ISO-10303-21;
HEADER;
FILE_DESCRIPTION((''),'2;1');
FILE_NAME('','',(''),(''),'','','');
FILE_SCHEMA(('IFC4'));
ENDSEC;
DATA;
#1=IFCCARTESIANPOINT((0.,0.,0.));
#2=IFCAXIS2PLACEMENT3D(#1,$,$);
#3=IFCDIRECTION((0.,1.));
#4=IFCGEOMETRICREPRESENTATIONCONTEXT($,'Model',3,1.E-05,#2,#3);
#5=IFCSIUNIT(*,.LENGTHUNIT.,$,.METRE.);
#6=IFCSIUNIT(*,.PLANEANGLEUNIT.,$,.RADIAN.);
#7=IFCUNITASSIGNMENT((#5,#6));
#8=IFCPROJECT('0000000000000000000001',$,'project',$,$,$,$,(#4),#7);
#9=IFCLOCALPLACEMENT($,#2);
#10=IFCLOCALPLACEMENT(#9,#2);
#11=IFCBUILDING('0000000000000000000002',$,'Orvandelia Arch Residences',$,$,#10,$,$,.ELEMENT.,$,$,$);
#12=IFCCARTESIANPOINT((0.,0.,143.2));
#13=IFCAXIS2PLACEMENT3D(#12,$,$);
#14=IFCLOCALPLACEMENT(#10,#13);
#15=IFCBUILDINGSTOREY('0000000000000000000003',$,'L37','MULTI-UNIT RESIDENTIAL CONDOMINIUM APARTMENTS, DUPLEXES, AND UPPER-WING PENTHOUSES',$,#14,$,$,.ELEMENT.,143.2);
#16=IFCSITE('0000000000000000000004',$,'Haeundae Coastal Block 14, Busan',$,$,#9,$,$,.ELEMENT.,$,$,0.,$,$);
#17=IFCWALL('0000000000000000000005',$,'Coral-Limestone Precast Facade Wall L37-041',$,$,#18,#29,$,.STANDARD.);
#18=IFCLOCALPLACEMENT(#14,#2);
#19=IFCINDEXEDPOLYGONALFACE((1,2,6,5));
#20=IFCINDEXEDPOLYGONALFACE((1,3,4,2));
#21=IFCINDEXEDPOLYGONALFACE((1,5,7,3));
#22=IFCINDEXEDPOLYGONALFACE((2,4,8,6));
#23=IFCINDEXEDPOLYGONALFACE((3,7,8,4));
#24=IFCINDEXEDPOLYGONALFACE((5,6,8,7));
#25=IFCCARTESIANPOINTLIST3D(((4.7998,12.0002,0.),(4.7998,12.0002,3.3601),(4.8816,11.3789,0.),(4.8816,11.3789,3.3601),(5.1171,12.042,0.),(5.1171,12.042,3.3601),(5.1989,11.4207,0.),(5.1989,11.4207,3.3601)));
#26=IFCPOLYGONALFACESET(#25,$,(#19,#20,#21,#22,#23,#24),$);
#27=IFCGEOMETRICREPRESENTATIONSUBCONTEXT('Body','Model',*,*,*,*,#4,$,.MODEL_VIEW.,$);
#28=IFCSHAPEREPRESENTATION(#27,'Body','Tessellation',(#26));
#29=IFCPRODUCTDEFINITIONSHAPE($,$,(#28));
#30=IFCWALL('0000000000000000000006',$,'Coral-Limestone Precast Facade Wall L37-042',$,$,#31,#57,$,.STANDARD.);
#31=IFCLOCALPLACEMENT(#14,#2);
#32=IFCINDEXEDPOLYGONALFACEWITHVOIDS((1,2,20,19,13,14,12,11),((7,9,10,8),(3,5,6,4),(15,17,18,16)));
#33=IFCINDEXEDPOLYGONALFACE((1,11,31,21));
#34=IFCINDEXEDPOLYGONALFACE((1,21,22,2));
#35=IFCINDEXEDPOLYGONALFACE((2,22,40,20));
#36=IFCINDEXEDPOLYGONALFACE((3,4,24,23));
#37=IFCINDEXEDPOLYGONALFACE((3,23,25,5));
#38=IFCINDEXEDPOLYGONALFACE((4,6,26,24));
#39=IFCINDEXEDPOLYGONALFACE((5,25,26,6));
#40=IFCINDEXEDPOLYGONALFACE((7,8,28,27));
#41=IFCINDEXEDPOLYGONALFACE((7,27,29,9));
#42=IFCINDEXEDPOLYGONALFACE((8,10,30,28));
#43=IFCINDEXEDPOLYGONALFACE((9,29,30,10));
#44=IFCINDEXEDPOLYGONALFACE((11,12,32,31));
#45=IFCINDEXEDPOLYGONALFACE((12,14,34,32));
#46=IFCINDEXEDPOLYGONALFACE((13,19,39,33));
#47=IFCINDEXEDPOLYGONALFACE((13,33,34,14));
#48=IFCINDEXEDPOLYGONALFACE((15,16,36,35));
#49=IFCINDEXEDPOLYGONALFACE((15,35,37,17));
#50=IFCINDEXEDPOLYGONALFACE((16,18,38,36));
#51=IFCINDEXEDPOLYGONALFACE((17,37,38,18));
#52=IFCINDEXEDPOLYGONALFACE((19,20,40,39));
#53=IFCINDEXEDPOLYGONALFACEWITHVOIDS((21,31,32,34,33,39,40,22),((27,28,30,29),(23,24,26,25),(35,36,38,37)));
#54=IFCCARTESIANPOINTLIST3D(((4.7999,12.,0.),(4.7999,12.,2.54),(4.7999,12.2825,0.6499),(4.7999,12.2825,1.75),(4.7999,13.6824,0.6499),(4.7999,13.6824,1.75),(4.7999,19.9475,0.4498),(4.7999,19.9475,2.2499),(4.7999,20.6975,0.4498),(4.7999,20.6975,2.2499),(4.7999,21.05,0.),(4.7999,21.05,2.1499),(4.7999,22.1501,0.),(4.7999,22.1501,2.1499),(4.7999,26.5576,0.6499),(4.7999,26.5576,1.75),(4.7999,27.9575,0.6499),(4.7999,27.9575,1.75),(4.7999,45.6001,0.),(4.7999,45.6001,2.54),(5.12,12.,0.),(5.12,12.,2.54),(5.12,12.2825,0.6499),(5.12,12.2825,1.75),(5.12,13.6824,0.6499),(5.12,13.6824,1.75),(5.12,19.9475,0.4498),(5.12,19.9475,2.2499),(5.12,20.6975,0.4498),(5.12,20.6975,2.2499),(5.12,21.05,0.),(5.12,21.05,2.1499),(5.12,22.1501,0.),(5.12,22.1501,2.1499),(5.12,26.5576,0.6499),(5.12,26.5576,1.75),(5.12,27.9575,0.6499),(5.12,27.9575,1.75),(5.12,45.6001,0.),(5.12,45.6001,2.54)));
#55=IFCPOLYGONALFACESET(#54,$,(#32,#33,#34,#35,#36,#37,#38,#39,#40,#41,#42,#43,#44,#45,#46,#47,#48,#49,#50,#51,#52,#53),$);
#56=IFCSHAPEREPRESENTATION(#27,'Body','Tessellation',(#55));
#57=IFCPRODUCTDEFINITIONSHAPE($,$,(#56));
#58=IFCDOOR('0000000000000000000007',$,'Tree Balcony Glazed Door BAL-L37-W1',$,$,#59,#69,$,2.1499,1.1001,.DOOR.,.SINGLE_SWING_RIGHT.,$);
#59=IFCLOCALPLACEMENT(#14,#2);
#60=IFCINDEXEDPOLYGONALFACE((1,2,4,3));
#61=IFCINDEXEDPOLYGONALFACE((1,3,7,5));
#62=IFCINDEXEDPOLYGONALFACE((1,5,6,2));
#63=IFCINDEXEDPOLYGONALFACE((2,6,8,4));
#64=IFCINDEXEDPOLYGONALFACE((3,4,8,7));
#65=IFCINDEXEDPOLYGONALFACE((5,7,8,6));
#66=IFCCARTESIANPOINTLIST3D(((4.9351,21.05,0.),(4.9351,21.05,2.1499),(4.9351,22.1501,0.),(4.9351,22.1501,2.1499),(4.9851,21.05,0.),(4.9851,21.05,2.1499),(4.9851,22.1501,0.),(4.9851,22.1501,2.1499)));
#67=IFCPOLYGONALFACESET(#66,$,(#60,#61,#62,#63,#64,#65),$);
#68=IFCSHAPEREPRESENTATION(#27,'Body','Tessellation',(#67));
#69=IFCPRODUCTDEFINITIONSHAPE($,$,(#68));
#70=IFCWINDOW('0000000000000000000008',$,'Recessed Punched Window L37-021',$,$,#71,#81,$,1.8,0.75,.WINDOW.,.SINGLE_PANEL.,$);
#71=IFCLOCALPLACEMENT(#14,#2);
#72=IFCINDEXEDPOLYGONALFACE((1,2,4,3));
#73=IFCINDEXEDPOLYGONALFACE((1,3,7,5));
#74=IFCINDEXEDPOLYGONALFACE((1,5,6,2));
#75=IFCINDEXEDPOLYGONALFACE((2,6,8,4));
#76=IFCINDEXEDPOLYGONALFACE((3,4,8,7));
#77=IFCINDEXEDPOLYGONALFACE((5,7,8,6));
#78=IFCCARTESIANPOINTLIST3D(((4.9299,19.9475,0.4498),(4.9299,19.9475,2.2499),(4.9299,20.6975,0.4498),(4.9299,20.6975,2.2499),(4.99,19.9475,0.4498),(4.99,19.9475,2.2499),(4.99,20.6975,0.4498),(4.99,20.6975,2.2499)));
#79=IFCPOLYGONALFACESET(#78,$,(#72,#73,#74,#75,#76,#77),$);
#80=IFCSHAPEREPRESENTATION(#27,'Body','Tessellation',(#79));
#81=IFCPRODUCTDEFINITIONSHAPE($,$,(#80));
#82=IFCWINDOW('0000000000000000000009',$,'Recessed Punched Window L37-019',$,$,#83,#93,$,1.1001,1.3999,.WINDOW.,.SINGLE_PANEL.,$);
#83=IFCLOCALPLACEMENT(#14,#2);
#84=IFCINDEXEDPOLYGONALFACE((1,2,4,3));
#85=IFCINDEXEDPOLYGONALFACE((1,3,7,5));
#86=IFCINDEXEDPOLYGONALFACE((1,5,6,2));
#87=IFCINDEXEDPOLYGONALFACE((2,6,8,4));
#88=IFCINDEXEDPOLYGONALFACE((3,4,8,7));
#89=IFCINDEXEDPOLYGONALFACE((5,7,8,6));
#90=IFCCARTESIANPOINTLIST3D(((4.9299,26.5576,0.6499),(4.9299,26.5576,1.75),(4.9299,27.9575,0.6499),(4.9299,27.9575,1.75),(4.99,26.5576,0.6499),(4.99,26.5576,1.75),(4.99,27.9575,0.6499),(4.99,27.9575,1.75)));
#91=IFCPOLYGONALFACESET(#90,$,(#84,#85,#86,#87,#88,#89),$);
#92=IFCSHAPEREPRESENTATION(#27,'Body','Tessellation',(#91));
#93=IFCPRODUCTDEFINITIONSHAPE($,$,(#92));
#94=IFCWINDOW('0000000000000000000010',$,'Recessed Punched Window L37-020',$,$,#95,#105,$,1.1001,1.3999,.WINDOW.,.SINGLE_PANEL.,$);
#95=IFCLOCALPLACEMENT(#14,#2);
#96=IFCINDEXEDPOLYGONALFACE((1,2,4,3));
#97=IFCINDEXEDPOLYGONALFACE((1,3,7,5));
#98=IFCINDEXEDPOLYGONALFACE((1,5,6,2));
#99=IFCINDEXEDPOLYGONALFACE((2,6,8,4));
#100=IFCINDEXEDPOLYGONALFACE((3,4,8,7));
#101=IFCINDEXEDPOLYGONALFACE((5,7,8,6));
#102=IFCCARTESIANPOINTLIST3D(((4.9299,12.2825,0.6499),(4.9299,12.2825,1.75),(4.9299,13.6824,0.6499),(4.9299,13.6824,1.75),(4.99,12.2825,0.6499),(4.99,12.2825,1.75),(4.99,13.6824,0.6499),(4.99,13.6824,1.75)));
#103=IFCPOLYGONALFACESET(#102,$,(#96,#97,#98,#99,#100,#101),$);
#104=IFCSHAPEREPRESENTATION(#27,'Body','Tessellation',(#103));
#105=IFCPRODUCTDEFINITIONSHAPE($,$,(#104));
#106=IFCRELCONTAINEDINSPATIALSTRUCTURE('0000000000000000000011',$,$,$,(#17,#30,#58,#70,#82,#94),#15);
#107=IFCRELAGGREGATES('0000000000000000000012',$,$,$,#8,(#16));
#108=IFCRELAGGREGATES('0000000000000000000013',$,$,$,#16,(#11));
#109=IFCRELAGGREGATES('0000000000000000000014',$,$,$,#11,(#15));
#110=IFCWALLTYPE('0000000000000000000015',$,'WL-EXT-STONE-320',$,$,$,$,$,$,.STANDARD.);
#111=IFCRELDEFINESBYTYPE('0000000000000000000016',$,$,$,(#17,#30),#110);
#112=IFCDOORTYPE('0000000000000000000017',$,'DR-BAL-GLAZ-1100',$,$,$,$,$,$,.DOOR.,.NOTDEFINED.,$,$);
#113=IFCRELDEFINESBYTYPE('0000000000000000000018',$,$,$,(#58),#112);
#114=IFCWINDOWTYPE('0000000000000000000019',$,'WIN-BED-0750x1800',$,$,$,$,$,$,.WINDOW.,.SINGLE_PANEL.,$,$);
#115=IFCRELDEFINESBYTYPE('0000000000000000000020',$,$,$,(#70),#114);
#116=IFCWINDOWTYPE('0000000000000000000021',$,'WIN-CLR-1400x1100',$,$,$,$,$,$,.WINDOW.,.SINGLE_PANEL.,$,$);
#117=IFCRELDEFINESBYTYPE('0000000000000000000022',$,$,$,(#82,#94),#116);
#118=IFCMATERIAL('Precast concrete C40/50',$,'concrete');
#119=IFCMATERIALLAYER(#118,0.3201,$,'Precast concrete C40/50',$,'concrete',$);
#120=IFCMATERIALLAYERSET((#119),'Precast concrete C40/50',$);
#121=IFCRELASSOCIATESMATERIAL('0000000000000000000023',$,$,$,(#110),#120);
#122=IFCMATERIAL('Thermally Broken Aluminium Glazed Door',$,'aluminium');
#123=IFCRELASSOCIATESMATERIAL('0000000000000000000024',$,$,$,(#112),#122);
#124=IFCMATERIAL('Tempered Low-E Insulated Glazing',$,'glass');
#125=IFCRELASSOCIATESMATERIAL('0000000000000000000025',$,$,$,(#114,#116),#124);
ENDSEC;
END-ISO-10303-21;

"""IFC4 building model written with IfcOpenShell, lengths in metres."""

from ifc_helpers import new_model, si_unit, direction, frame, frame_2d, origin, place, context, subcontext, project, spatial, rectangle, extrude, material, layer, layer_set, type_object, element, fill, save


model = new_model("IFC4")

# Units and contexts
model_context = context("Model", 3, precision=1e-05, world=origin(), true_north=direction((0.0, 1.0)))
body_context = subcontext(model_context, "Body", "Model", "MODEL_VIEW")
ifc_project = project(units=[si_unit("LENGTHUNIT", "METRE"), si_unit("PLANEANGLEUNIT", "RADIAN")], contexts=[model_context])

# Site, building, storey
site_placement = place(None, origin())
site = spatial("IfcSite", under=ifc_project, at=site_placement, Name="Haeundae Coastal Block 14, Busan", CompositionType="ELEMENT", RefElevation=0.0)
building_placement = place(site_placement, origin())
building = spatial("IfcBuilding", under=site, at=building_placement, Name="Orvandelia Arch Residences", CompositionType="ELEMENT")
storey_placement = place(building_placement, frame((0.0, 0.0, 143.2)))
storey = spatial("IfcBuildingStorey", under=building, at=storey_placement, Name="L37", Description="MULTI-UNIT RESIDENTIAL CONDOMINIUM APARTMENTS, DUPLEXES, AND UPPER-WING PENTHOUSES", CompositionType="ELEMENT", Elevation=143.2)

# Shared definitions
ifc_material_1 = material(Name="Precast concrete C40/50", Category="concrete")

# Wall
ifc_layer_1 = layer(ifc_material_1, 0.3201, Name="Precast concrete C40/50", Category="concrete")
ifc_layer_set_1 = layer_set([ifc_layer_1], Name="Precast concrete C40/50")
wall_type = type_object("IfcWallType", Name="WL-EXT-STONE-320", PredefinedType="STANDARD", material=ifc_layer_set_1)
wall_1_placement = place(storey_placement, frame((5.0403, 11.3997, 0.0), z_axis=(0.0, 0.0, 1.0), x_axis=(-0.130505, 0.991448, 0.0)))
element("IfcWall", 1, at=wall_1_placement, inside=storey, type_object=wall_type, Name="Coral-Limestone Precast Facade Wall L37-041", PredefinedType="STANDARD", context=body_context, shape_type="SweptSolid", body=[
    extrude(rectangle(XDim=0.6267, YDim=0.3201, at=frame_2d((0.3135, 0.0))), origin(), (0.0, 0.0, 1.0), 3.3601),
])

# Wall, openings, door, windows
wall_2_placement = place(storey_placement, frame((4.96, 12.0, 0.0), z_axis=(0.0, 0.0, 1.0), x_axis=(0.0, 1.0, 0.0)))
wall_2 = element("IfcWall", 2, at=wall_2_placement, inside=storey, type_object=wall_type, Name="Coral-Limestone Precast Facade Wall L37-042", PredefinedType="STANDARD", context=body_context, shape_type="SweptSolid", body=[
    extrude(rectangle(XDim=33.6001, YDim=0.3201, at=frame_2d((16.8, 0.0))), origin(), (0.0, 0.0, 1.0), 2.54),
])
opening_1_placement = place(wall_2_placement, frame((9.05, 0.0, 0.0)))
opening_1 = element("IfcOpeningElement", 3, at=opening_1_placement, cuts=wall_2, PredefinedType="OPENING", context=body_context, shape_type="SweptSolid", body=[
    extrude(rectangle(XDim=1.1001, YDim=2.1499, at=frame_2d((0.55, 1.075))), frame((0.0, 0.1699, 0.0), z_axis=(0.0, -1.0, 0.0), x_axis=(1.0, 0.0, 0.0)), (0.0, 0.0, 1.0), 0.3401),
])
opening_2_placement = place(wall_2_placement, frame((14.5576, 0.0, 0.6499)))
opening_2 = element("IfcOpeningElement", 4, at=opening_2_placement, cuts=wall_2, PredefinedType="OPENING", context=body_context, shape_type="SweptSolid", body=[
    extrude(rectangle(XDim=1.3999, YDim=1.1001, at=frame_2d((0.7, 0.55))), frame((0.0, 0.1699, 0.0), z_axis=(0.0, -1.0, 0.0), x_axis=(1.0, 0.0, 0.0)), (0.0, 0.0, 1.0), 0.3401),
])
opening_3_placement = place(wall_2_placement, frame((0.2825, 0.0, 0.6499)))
opening_3 = element("IfcOpeningElement", 5, at=opening_3_placement, cuts=wall_2, PredefinedType="OPENING", context=body_context, shape_type="SweptSolid", body=[
    extrude(rectangle(XDim=1.3999, YDim=1.1001, at=frame_2d((0.7, 0.55))), frame((0.0, 0.1699, 0.0), z_axis=(0.0, -1.0, 0.0), x_axis=(1.0, 0.0, 0.0)), (0.0, 0.0, 1.0), 0.3401),
])
opening_4_placement = place(wall_2_placement, frame((7.9475, 0.0, 0.45)))
opening_4 = element("IfcOpeningElement", 6, at=opening_4_placement, cuts=wall_2, PredefinedType="OPENING", context=body_context, shape_type="SweptSolid", body=[
    extrude(rectangle(XDim=0.75, YDim=1.8, at=frame_2d((0.375, 0.8999))), frame((0.0, 0.1699, 0.0), z_axis=(0.0, -1.0, 0.0), x_axis=(1.0, 0.0, 0.0)), (0.0, 0.0, 1.0), 0.3401),
])
ifc_material_2 = material(Name="Thermally Broken Aluminium Glazed Door", Category="aluminium")
door_type = type_object("IfcDoorType", Name="DR-BAL-GLAZ-1100", OperationType="NOTDEFINED", PredefinedType="DOOR", material=ifc_material_2)
door_placement = place(opening_1_placement, origin())
door = element("IfcDoor", 7, at=door_placement, inside=storey, type_object=door_type, Name="Tree Balcony Glazed Door BAL-L37-W1", OperationType="SINGLE_SWING_RIGHT", OverallHeight=2.1499, OverallWidth=1.1001, PredefinedType="DOOR", context=body_context, shape_type="SweptSolid", body=[
    extrude(rectangle(XDim=1.1001, YDim=2.1499, at=frame_2d((0.55, 1.075))), frame((0.0, 0.0249, 0.0), z_axis=(0.0, -1.0, 0.0), x_axis=(1.0, 0.0, 0.0)), (0.0, 0.0, 1.0), 0.05),
])
fill(opening_1, door)
ifc_material_3 = material(Name="Tempered Low-E Insulated Glazing", Category="glass")
window_type_1 = type_object("IfcWindowType", Name="WIN-BED-0750x1800", PartitioningType="SINGLE_PANEL", PredefinedType="WINDOW", material=ifc_material_3)
window_1_placement = place(opening_4_placement, origin())
window_1 = element("IfcWindow", 8, at=window_1_placement, inside=storey, type_object=window_type_1, Name="Recessed Punched Window L37-021", OverallHeight=1.8, OverallWidth=0.75, PartitioningType="SINGLE_PANEL", PredefinedType="WINDOW", context=body_context, shape_type="SweptSolid", body=[
    extrude(rectangle(XDim=0.75, YDim=1.8, at=frame_2d((0.375, 0.8999))), frame((0.0, 0.03, 0.0), z_axis=(0.0, -1.0, 0.0), x_axis=(1.0, 0.0, 0.0)), (0.0, 0.0, 1.0), 0.0601),
])
fill(opening_4, window_1)
window_type_2 = type_object("IfcWindowType", Name="WIN-CLR-1400x1100", PartitioningType="SINGLE_PANEL", PredefinedType="WINDOW", material=ifc_material_3)
window_2_placement = place(opening_2_placement, origin())
window_2 = element("IfcWindow", 9, at=window_2_placement, inside=storey, type_object=window_type_2, Name="Recessed Punched Window L37-019", OverallHeight=1.1001, OverallWidth=1.3999, PartitioningType="SINGLE_PANEL", PredefinedType="WINDOW", context=body_context, shape_type="SweptSolid", body=[
    extrude(rectangle(XDim=1.3999, YDim=1.1001, at=frame_2d((0.7, 0.55))), frame((0.0, 0.03, 0.0), z_axis=(0.0, -1.0, 0.0), x_axis=(1.0, 0.0, 0.0)), (0.0, 0.0, 1.0), 0.0601),
])
fill(opening_2, window_2)
window_3_placement = place(opening_3_placement, origin())
window_3 = element("IfcWindow", 10, at=window_3_placement, inside=storey, type_object=window_type_2, Name="Recessed Punched Window L37-020", OverallHeight=1.1001, OverallWidth=1.3999, PartitioningType="SINGLE_PANEL", PredefinedType="WINDOW", context=body_context, shape_type="SweptSolid", body=[
    extrude(rectangle(XDim=1.3999, YDim=1.1001, at=frame_2d((0.7, 0.55))), frame((0.0, 0.03, 0.0), z_axis=(0.0, -1.0, 0.0), x_axis=(1.0, 0.0, 0.0)), (0.0, 0.0, 1.0), 0.0601),
])
fill(opening_3, window_3)

save(model, "model.ifc")
